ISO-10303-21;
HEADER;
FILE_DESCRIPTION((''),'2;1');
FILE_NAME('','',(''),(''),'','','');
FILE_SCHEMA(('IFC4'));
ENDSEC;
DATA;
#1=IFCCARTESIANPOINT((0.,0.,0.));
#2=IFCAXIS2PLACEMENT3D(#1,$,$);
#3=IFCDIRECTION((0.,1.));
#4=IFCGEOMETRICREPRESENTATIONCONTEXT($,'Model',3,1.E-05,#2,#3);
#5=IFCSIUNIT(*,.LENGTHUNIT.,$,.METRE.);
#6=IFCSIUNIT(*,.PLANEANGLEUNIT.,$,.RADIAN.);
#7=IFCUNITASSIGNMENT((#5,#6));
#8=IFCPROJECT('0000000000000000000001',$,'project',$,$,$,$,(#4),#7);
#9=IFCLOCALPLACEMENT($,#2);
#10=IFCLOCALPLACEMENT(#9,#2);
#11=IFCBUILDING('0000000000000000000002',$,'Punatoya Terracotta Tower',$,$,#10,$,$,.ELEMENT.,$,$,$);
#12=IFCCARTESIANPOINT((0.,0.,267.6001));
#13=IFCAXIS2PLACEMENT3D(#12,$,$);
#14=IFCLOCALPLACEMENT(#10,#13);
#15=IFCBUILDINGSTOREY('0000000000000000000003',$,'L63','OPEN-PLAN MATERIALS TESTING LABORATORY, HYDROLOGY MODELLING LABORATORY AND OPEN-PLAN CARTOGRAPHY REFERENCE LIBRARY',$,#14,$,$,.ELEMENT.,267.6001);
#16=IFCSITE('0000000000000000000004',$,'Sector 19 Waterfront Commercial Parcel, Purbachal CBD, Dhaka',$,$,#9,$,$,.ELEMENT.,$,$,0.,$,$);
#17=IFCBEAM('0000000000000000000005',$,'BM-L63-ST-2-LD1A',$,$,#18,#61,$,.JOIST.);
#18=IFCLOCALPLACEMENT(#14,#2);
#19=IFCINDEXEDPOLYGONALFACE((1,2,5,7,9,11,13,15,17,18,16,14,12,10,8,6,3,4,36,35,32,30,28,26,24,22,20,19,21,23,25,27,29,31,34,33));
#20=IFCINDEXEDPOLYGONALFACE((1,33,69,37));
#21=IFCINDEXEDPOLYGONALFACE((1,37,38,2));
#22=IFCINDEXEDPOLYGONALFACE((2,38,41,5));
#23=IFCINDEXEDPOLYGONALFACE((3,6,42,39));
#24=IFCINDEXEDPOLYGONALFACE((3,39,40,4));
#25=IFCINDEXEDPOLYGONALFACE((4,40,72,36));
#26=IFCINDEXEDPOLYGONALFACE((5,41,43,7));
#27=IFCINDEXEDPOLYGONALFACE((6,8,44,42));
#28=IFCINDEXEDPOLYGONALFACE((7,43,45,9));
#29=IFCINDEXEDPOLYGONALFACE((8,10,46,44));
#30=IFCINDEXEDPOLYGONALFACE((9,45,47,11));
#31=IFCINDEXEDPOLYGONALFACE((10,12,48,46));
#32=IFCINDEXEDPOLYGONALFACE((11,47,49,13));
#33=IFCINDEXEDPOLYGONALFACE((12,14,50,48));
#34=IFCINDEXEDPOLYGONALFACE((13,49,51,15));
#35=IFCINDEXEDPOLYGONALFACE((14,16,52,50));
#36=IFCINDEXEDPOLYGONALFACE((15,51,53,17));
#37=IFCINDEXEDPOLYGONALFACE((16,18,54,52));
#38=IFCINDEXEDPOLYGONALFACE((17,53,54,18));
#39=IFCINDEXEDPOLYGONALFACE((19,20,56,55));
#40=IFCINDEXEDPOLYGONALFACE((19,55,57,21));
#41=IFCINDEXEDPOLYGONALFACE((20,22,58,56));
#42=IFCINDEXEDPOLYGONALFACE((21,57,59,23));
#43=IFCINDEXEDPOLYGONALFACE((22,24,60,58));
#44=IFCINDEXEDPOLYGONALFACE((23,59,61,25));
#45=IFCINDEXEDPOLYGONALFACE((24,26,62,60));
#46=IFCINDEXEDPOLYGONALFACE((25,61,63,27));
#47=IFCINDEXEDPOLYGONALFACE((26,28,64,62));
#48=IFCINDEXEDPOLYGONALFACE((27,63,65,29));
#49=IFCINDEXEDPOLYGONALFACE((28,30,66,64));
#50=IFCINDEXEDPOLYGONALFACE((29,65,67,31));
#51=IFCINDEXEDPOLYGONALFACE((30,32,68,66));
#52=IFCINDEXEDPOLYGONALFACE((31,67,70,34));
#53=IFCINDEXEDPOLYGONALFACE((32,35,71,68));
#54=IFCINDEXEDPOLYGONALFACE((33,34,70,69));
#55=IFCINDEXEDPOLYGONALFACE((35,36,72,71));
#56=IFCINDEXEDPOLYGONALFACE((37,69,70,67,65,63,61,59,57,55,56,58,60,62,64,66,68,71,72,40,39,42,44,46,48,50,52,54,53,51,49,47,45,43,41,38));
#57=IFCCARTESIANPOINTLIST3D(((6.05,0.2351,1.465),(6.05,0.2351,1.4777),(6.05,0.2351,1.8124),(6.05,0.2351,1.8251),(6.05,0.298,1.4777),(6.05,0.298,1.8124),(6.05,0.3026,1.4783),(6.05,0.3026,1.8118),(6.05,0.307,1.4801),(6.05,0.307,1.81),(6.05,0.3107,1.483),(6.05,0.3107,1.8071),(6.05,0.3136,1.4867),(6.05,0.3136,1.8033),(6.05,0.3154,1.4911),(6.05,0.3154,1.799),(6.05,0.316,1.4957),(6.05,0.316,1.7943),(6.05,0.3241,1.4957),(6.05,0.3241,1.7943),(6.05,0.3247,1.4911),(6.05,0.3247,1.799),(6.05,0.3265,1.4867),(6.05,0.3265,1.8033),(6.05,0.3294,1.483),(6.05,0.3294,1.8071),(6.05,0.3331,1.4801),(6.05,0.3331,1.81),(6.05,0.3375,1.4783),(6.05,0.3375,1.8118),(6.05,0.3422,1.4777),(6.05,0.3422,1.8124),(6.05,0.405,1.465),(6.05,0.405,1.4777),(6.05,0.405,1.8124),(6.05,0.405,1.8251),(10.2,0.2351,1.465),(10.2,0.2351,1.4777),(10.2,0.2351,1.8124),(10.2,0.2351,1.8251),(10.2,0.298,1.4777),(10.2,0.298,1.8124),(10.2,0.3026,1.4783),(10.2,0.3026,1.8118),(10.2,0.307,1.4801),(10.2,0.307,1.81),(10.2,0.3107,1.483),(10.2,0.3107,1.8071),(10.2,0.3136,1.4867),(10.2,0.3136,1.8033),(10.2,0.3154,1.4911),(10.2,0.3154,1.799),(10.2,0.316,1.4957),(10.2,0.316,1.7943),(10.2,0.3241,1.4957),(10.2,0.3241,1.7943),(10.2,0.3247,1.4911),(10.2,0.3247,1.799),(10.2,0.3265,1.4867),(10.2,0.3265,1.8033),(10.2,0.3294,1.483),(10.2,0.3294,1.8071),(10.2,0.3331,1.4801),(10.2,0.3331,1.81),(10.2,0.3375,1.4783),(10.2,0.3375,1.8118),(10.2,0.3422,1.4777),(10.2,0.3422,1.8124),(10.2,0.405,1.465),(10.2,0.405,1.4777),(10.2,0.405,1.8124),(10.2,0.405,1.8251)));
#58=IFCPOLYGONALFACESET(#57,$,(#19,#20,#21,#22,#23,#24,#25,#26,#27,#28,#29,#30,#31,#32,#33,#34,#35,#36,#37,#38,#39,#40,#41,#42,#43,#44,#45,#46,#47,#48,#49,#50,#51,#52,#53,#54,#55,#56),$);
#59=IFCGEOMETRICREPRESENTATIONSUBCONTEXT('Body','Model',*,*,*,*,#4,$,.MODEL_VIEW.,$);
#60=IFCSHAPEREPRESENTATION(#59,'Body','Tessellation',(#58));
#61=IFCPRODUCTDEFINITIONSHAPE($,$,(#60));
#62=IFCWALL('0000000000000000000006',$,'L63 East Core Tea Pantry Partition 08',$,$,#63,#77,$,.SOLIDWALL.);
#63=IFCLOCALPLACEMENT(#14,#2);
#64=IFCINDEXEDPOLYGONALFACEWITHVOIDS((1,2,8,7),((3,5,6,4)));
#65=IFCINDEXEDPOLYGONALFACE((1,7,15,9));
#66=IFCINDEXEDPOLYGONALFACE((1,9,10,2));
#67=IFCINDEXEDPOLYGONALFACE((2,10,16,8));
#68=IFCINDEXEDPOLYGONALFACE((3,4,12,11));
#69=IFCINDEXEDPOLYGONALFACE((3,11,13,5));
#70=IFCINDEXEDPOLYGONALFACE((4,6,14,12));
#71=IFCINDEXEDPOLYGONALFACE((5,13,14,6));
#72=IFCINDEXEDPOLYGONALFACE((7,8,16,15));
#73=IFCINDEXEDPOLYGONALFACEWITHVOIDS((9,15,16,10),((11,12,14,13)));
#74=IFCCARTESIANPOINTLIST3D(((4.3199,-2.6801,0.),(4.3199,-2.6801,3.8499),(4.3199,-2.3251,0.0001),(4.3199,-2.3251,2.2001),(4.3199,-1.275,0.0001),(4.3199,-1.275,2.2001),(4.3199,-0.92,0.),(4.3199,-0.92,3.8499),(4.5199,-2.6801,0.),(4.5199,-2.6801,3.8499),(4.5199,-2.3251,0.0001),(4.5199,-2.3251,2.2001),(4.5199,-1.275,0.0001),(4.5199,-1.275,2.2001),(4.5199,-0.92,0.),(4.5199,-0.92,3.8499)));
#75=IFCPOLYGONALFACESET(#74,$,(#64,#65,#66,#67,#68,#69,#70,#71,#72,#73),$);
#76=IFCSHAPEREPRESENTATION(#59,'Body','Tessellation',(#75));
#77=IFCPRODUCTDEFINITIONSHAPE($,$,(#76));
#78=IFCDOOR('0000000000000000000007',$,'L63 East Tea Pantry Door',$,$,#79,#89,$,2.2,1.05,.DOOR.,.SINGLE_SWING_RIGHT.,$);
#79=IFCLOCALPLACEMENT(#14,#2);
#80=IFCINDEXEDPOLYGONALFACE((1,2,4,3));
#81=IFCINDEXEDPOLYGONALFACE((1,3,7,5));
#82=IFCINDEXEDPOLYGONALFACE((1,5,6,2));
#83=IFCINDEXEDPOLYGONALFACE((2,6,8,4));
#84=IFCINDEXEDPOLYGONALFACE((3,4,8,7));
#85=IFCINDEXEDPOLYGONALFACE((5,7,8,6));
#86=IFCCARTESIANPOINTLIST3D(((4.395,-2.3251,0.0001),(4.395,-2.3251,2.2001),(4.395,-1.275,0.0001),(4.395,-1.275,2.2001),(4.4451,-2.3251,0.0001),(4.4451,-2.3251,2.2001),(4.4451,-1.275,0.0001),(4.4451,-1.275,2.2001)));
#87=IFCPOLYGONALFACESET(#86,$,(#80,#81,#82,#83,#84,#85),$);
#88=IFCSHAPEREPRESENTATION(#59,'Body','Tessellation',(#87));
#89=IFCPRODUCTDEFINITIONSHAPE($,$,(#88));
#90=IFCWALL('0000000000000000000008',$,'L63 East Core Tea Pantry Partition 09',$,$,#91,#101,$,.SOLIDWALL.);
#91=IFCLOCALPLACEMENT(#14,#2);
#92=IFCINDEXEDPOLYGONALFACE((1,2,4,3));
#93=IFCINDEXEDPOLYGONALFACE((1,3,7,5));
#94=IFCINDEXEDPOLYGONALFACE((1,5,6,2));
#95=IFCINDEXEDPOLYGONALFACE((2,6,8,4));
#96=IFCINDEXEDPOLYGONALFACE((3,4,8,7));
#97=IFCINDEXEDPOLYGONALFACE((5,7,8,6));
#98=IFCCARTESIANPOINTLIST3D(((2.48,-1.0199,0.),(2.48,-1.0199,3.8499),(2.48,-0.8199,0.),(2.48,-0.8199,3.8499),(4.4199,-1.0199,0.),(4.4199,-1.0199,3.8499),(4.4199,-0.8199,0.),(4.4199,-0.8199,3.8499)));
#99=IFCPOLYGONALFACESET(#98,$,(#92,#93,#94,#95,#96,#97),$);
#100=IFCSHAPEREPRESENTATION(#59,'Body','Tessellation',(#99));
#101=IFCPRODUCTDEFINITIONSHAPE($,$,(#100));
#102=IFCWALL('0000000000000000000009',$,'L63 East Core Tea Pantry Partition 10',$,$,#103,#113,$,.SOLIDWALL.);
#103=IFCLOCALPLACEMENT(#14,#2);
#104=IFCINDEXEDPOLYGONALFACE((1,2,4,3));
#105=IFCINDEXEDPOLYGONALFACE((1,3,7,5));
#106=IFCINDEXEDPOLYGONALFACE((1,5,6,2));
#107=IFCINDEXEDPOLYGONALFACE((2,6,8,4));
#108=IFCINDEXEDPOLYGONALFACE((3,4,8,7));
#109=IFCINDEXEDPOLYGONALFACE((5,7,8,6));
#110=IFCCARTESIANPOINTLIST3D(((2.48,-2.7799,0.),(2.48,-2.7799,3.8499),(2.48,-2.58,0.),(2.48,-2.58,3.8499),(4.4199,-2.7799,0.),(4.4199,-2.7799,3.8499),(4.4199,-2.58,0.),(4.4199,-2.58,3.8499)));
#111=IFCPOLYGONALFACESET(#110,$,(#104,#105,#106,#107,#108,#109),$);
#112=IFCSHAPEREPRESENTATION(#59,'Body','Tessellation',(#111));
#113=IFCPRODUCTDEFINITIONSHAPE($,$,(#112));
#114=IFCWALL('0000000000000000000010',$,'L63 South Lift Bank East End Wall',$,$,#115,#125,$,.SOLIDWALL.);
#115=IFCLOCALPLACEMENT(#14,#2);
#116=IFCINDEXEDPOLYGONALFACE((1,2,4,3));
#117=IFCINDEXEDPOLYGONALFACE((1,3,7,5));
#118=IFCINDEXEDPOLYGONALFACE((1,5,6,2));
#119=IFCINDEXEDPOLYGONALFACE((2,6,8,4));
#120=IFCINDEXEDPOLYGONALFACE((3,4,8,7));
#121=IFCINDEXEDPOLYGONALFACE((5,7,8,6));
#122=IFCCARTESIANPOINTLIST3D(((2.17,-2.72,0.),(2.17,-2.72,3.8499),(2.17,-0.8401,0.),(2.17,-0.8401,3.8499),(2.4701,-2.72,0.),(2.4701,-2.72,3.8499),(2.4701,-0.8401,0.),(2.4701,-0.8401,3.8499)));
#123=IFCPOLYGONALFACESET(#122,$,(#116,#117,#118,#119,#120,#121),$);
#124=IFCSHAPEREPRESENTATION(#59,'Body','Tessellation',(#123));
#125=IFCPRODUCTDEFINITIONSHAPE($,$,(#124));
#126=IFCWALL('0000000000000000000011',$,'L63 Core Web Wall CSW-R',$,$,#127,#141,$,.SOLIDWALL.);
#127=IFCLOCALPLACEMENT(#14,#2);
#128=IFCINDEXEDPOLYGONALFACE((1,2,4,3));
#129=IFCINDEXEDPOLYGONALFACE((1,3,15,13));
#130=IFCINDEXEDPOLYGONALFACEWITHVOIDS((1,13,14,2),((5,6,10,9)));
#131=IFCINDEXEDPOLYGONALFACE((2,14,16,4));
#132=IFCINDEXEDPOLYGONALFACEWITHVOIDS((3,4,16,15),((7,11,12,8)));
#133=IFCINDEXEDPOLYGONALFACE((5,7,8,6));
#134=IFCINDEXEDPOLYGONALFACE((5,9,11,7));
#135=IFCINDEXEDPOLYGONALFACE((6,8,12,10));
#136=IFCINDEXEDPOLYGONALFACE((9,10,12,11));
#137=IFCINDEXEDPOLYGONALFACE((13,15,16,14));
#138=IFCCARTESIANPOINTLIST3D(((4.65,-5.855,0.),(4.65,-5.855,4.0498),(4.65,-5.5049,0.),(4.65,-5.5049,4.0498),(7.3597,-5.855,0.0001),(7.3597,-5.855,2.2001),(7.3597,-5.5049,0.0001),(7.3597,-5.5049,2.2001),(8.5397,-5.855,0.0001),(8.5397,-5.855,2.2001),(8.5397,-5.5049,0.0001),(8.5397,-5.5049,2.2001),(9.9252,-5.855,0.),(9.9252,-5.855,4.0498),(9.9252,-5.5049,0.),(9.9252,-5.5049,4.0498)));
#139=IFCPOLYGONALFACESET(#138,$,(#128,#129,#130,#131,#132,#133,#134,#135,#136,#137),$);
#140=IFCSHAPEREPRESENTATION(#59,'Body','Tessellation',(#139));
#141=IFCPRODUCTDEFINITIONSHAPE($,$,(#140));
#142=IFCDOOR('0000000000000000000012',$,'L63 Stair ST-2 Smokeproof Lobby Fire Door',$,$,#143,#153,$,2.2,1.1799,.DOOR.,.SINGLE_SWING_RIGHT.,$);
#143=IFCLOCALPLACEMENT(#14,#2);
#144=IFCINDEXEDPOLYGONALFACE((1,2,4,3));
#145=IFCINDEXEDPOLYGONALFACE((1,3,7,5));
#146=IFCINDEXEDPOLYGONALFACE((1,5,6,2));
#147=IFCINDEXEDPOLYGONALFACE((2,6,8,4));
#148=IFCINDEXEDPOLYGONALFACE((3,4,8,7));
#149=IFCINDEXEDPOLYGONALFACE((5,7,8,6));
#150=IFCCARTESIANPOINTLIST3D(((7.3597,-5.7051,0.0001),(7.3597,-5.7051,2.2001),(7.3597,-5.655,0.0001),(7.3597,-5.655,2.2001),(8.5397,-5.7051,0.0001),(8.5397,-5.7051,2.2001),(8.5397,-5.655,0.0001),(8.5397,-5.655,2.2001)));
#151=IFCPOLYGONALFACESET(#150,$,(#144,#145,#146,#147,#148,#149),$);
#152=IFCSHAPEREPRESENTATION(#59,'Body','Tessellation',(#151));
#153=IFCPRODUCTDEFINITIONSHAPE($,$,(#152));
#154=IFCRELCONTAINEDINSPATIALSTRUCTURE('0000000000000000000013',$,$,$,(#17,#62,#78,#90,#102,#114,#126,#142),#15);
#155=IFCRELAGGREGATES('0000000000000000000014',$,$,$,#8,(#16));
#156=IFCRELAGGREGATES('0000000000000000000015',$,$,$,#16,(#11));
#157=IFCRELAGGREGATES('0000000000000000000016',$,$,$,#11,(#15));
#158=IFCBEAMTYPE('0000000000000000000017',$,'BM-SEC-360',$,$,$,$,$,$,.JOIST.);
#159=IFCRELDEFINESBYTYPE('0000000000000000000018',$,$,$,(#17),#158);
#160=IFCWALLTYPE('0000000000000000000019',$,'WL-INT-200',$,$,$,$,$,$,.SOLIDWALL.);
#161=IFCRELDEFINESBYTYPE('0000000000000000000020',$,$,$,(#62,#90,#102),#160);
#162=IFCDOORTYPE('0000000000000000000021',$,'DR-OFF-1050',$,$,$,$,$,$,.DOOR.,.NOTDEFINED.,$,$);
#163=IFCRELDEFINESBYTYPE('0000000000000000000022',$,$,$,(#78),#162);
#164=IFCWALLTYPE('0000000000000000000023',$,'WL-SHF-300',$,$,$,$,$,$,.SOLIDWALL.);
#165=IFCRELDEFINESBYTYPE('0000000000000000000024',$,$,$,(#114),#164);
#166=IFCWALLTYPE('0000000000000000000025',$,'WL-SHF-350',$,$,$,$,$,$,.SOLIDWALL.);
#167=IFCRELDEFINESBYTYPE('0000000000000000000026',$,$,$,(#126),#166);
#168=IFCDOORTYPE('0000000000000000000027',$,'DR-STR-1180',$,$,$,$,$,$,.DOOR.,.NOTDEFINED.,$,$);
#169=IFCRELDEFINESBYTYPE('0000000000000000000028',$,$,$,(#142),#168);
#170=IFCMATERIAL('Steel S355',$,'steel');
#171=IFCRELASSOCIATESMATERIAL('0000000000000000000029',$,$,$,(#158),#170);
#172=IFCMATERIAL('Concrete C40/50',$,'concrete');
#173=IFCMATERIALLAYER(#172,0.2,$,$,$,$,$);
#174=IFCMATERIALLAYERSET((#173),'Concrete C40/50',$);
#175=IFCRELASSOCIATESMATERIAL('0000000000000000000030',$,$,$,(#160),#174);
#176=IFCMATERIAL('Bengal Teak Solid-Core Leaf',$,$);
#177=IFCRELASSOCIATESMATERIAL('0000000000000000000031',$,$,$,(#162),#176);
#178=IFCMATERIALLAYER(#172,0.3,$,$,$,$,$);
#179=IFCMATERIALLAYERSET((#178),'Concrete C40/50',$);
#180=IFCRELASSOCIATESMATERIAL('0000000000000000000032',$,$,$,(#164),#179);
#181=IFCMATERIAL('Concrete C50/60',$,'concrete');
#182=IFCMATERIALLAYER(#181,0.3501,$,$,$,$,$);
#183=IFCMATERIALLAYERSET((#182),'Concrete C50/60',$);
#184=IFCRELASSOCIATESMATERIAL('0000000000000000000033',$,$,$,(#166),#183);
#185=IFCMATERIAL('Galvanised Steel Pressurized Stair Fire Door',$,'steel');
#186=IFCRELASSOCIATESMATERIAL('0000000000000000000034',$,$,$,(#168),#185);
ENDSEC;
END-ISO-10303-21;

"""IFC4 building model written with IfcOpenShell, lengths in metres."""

from ifc_helpers import new_model, si_unit, direction, frame, frame_2d, origin, origin_2d, place, context, subcontext, project, spatial, rectangle, i_section, extrude, material, layer, layer_set, material_profile, profile_set, type_object, element, fill, save


model = new_model("IFC4")

# Units and contexts
model_context = context("Model", 3, precision=1e-05, world=origin(), true_north=direction((0.0, 1.0)))
body_context = subcontext(model_context, "Body", "Model", "MODEL_VIEW")
ifc_project = project(units=[si_unit("LENGTHUNIT", "METRE"), si_unit("PLANEANGLEUNIT", "RADIAN")], contexts=[model_context])

# Site, building, storey
site_placement = place(None, origin())
site = spatial("IfcSite", under=ifc_project, at=site_placement, Name="Sector 19 Waterfront Commercial Parcel, Purbachal CBD, Dhaka", CompositionType="ELEMENT", RefElevation=0.0)
building_placement = place(site_placement, origin())
building = spatial("IfcBuilding", under=site, at=building_placement, Name="Punatoya Terracotta Tower", CompositionType="ELEMENT")
storey_placement = place(building_placement, frame((0.0, 0.0, 267.6001)))
storey = spatial("IfcBuildingStorey", under=building, at=storey_placement, Name="L63", Description="OPEN-PLAN MATERIALS TESTING LABORATORY, HYDROLOGY MODELLING LABORATORY AND OPEN-PLAN CARTOGRAPHY REFERENCE LIBRARY", CompositionType="ELEMENT", Elevation=267.6001)

# Beam
ifc_material_1 = material(Name="Steel S355", Category="steel")
ifc_material_profile = material_profile(ifc_material_1, i_section(OverallWidth=0.1699, OverallDepth=0.3601, WebThickness=0.0081, FlangeThickness=0.0127, FilletRadius=0.0181, at=origin_2d()))
ifc_profile_set = profile_set([ifc_material_profile], Name="Steel S355")
beam_type = type_object("IfcBeamType", Name="BM-SEC-360", PredefinedType="JOIST", material=ifc_profile_set)
beam_placement = place(storey_placement, frame((6.05, 0.3201, 1.645), z_axis=(1.0, 0.0, 0.0), x_axis=(0.0, 1.0, 0.0)))
element("IfcBeam", 1, at=beam_placement, inside=storey, type_object=beam_type, Name="BM-L63-ST-2-LD1A", PredefinedType="JOIST", context=body_context, shape_type="SweptSolid", body=[
    extrude(i_section(OverallWidth=0.1699, OverallDepth=0.3601, WebThickness=0.0081, FlangeThickness=0.0127, FilletRadius=0.0181, at=origin_2d()), origin(), (0.0, 0.0, 1.0), 4.1499),
])

# Wall, opening, door
ifc_material_2 = material(Name="Concrete C40/50", Category="concrete")
ifc_layer_1 = layer(ifc_material_2, 0.2)
ifc_layer_set_1 = layer_set([ifc_layer_1], Name="Concrete C40/50")
wall_type_1 = type_object("IfcWallType", Name="WL-INT-200", PredefinedType="SOLIDWALL", material=ifc_layer_set_1)
wall_1_placement = place(storey_placement, frame((4.4199, -2.6799, 0.0), z_axis=(0.0, 0.0, 1.0), x_axis=(0.0, 1.0, 0.0)))
wall_1 = element("IfcWall", 2, at=wall_1_placement, inside=storey, type_object=wall_type_1, Name="L63 East Core Tea Pantry Partition 08", PredefinedType="SOLIDWALL", context=body_context, shape_type="SweptSolid", body=[
    extrude(rectangle(XDim=1.76, YDim=0.2, at=frame_2d((0.8799, 0.0))), origin(), (0.0, 0.0, 1.0), 3.8499),
])
opening_1_placement = place(wall_1_placement, frame((0.355, 0.0, 0.0)))
opening_1 = element("IfcOpeningElement", 3, at=opening_1_placement, cuts=wall_1, PredefinedType="OPENING", context=body_context, shape_type="SweptSolid", body=[
    extrude(rectangle(XDim=1.05, YDim=2.2, at=frame_2d((0.5249, 1.1001))), frame((0.0, 0.1099, 0.0), z_axis=(0.0, -1.0, 0.0), x_axis=(1.0, 0.0, 0.0)), (0.0, 0.0, 1.0), 0.22),
])
ifc_material_3 = material(Name="Bengal Teak Solid-Core Leaf")
door_type_1 = type_object("IfcDoorType", Name="DR-OFF-1050", OperationType="NOTDEFINED", PredefinedType="DOOR", material=ifc_material_3)
door_1_placement = place(opening_1_placement, origin())
door_1 = element("IfcDoor", 4, at=door_1_placement, inside=storey, type_object=door_type_1, Name="L63 East Tea Pantry Door", OperationType="SINGLE_SWING_RIGHT", OverallHeight=2.2, OverallWidth=1.05, PredefinedType="DOOR", context=body_context, shape_type="SweptSolid", body=[
    extrude(rectangle(XDim=1.05, YDim=2.2, at=frame_2d((0.5249, 1.1001))), frame((0.0, 0.0249, 0.0), z_axis=(0.0, -1.0, 0.0), x_axis=(1.0, 0.0, 0.0)), (0.0, 0.0, 1.0), 0.05),
])
fill(opening_1, door_1)

# Walls
for number, where, z_axis, x_axis, name in (
    (5, (4.4199, -0.9199, 0.0), (0.0, 0.0, 1.0), (-1.0, 0.0, 0.0), "L63 East Core Tea Pantry Partition 09"),
    (6, (2.48, -2.6799, 0.0), (0.0, 0.0, 1.0), (1.0, 0.0, 0.0), "L63 East Core Tea Pantry Partition 10"),
):
    element("IfcWall", number, at=place(storey_placement, frame(where, z_axis=z_axis, x_axis=x_axis)), inside=storey, type_object=wall_type_1, Name=name, PredefinedType="SOLIDWALL", context=body_context, shape_type="SweptSolid", body=[
        extrude(rectangle(XDim=1.9399, YDim=0.2, at=frame_2d((0.97, 0.0))), origin(), (0.0, 0.0, 1.0), 3.8499),
    ])
ifc_layer_2 = layer(ifc_material_2, 0.3)
ifc_layer_set_2 = layer_set([ifc_layer_2], Name="Concrete C40/50")
wall_type_2 = type_object("IfcWallType", Name="WL-SHF-300", PredefinedType="SOLIDWALL", material=ifc_layer_set_2)
wall_2_placement = place(storey_placement, frame((2.3201, -2.72, 0.0), z_axis=(0.0, 0.0, 1.0), x_axis=(0.0, 1.0, 0.0)))
element("IfcWall", 7, at=wall_2_placement, inside=storey, type_object=wall_type_2, Name="L63 South Lift Bank East End Wall", PredefinedType="SOLIDWALL", context=body_context, shape_type="SweptSolid", body=[
    extrude(rectangle(XDim=1.8799, YDim=0.3, at=frame_2d((0.9399, 0.0))), origin(), (0.0, 0.0, 1.0), 3.8499),
])

# Wall, opening, door
ifc_material_4 = material(Name="Concrete C50/60", Category="concrete")
ifc_layer_3 = layer(ifc_material_4, 0.3501)
ifc_layer_set_3 = layer_set([ifc_layer_3], Name="Concrete C50/60")
wall_type_3 = type_object("IfcWallType", Name="WL-SHF-350", PredefinedType="SOLIDWALL", material=ifc_layer_set_3)
wall_3_placement = place(storey_placement, frame((4.6499, -5.6799, 0.0), z_axis=(0.0, 0.0, 1.0), x_axis=(1.0, 0.0, 0.0)))
wall_3 = element("IfcWall", 8, at=wall_3_placement, inside=storey, type_object=wall_type_3, Name="L63 Core Web Wall CSW-R", PredefinedType="SOLIDWALL", context=body_context, shape_type="SweptSolid", body=[
    extrude(rectangle(XDim=5.2751, YDim=0.3501, at=frame_2d((2.6377, 0.0))), origin(), (0.0, 0.0, 1.0), 4.0498),
])
opening_2_placement = place(wall_3_placement, frame((2.71, 0.0, 0.0)))
opening_2 = element("IfcOpeningElement", 9, at=opening_2_placement, cuts=wall_3, PredefinedType="OPENING", context=body_context, shape_type="SweptSolid", body=[
    extrude(rectangle(XDim=1.1799, YDim=2.2, at=frame_2d((0.5898, 1.1001))), frame((0.0, 0.1851, 0.0), z_axis=(0.0, -1.0, 0.0), x_axis=(1.0, 0.0, 0.0)), (0.0, 0.0, 1.0), 0.3701),
])
ifc_material_5 = material(Name="Galvanised Steel Pressurized Stair Fire Door", Category="steel")
door_type_2 = type_object("IfcDoorType", Name="DR-STR-1180", OperationType="NOTDEFINED", PredefinedType="DOOR", material=ifc_material_5)
door_2_placement = place(opening_2_placement, origin())
door_2 = element("IfcDoor", 10, at=door_2_placement, inside=storey, type_object=door_type_2, Name="L63 Stair ST-2 Smokeproof Lobby Fire Door", OperationType="SINGLE_SWING_RIGHT", OverallHeight=2.2, OverallWidth=1.1799, PredefinedType="DOOR", context=body_context, shape_type="SweptSolid", body=[
    extrude(rectangle(XDim=1.1799, YDim=2.2, at=frame_2d((0.5898, 1.1001))), frame((0.0, 0.0249, 0.0), z_axis=(0.0, -1.0, 0.0), x_axis=(1.0, 0.0, 0.0)), (0.0, 0.0, 1.0), 0.05),
])
fill(opening_2, door_2)

save(model, "model.ifc")
